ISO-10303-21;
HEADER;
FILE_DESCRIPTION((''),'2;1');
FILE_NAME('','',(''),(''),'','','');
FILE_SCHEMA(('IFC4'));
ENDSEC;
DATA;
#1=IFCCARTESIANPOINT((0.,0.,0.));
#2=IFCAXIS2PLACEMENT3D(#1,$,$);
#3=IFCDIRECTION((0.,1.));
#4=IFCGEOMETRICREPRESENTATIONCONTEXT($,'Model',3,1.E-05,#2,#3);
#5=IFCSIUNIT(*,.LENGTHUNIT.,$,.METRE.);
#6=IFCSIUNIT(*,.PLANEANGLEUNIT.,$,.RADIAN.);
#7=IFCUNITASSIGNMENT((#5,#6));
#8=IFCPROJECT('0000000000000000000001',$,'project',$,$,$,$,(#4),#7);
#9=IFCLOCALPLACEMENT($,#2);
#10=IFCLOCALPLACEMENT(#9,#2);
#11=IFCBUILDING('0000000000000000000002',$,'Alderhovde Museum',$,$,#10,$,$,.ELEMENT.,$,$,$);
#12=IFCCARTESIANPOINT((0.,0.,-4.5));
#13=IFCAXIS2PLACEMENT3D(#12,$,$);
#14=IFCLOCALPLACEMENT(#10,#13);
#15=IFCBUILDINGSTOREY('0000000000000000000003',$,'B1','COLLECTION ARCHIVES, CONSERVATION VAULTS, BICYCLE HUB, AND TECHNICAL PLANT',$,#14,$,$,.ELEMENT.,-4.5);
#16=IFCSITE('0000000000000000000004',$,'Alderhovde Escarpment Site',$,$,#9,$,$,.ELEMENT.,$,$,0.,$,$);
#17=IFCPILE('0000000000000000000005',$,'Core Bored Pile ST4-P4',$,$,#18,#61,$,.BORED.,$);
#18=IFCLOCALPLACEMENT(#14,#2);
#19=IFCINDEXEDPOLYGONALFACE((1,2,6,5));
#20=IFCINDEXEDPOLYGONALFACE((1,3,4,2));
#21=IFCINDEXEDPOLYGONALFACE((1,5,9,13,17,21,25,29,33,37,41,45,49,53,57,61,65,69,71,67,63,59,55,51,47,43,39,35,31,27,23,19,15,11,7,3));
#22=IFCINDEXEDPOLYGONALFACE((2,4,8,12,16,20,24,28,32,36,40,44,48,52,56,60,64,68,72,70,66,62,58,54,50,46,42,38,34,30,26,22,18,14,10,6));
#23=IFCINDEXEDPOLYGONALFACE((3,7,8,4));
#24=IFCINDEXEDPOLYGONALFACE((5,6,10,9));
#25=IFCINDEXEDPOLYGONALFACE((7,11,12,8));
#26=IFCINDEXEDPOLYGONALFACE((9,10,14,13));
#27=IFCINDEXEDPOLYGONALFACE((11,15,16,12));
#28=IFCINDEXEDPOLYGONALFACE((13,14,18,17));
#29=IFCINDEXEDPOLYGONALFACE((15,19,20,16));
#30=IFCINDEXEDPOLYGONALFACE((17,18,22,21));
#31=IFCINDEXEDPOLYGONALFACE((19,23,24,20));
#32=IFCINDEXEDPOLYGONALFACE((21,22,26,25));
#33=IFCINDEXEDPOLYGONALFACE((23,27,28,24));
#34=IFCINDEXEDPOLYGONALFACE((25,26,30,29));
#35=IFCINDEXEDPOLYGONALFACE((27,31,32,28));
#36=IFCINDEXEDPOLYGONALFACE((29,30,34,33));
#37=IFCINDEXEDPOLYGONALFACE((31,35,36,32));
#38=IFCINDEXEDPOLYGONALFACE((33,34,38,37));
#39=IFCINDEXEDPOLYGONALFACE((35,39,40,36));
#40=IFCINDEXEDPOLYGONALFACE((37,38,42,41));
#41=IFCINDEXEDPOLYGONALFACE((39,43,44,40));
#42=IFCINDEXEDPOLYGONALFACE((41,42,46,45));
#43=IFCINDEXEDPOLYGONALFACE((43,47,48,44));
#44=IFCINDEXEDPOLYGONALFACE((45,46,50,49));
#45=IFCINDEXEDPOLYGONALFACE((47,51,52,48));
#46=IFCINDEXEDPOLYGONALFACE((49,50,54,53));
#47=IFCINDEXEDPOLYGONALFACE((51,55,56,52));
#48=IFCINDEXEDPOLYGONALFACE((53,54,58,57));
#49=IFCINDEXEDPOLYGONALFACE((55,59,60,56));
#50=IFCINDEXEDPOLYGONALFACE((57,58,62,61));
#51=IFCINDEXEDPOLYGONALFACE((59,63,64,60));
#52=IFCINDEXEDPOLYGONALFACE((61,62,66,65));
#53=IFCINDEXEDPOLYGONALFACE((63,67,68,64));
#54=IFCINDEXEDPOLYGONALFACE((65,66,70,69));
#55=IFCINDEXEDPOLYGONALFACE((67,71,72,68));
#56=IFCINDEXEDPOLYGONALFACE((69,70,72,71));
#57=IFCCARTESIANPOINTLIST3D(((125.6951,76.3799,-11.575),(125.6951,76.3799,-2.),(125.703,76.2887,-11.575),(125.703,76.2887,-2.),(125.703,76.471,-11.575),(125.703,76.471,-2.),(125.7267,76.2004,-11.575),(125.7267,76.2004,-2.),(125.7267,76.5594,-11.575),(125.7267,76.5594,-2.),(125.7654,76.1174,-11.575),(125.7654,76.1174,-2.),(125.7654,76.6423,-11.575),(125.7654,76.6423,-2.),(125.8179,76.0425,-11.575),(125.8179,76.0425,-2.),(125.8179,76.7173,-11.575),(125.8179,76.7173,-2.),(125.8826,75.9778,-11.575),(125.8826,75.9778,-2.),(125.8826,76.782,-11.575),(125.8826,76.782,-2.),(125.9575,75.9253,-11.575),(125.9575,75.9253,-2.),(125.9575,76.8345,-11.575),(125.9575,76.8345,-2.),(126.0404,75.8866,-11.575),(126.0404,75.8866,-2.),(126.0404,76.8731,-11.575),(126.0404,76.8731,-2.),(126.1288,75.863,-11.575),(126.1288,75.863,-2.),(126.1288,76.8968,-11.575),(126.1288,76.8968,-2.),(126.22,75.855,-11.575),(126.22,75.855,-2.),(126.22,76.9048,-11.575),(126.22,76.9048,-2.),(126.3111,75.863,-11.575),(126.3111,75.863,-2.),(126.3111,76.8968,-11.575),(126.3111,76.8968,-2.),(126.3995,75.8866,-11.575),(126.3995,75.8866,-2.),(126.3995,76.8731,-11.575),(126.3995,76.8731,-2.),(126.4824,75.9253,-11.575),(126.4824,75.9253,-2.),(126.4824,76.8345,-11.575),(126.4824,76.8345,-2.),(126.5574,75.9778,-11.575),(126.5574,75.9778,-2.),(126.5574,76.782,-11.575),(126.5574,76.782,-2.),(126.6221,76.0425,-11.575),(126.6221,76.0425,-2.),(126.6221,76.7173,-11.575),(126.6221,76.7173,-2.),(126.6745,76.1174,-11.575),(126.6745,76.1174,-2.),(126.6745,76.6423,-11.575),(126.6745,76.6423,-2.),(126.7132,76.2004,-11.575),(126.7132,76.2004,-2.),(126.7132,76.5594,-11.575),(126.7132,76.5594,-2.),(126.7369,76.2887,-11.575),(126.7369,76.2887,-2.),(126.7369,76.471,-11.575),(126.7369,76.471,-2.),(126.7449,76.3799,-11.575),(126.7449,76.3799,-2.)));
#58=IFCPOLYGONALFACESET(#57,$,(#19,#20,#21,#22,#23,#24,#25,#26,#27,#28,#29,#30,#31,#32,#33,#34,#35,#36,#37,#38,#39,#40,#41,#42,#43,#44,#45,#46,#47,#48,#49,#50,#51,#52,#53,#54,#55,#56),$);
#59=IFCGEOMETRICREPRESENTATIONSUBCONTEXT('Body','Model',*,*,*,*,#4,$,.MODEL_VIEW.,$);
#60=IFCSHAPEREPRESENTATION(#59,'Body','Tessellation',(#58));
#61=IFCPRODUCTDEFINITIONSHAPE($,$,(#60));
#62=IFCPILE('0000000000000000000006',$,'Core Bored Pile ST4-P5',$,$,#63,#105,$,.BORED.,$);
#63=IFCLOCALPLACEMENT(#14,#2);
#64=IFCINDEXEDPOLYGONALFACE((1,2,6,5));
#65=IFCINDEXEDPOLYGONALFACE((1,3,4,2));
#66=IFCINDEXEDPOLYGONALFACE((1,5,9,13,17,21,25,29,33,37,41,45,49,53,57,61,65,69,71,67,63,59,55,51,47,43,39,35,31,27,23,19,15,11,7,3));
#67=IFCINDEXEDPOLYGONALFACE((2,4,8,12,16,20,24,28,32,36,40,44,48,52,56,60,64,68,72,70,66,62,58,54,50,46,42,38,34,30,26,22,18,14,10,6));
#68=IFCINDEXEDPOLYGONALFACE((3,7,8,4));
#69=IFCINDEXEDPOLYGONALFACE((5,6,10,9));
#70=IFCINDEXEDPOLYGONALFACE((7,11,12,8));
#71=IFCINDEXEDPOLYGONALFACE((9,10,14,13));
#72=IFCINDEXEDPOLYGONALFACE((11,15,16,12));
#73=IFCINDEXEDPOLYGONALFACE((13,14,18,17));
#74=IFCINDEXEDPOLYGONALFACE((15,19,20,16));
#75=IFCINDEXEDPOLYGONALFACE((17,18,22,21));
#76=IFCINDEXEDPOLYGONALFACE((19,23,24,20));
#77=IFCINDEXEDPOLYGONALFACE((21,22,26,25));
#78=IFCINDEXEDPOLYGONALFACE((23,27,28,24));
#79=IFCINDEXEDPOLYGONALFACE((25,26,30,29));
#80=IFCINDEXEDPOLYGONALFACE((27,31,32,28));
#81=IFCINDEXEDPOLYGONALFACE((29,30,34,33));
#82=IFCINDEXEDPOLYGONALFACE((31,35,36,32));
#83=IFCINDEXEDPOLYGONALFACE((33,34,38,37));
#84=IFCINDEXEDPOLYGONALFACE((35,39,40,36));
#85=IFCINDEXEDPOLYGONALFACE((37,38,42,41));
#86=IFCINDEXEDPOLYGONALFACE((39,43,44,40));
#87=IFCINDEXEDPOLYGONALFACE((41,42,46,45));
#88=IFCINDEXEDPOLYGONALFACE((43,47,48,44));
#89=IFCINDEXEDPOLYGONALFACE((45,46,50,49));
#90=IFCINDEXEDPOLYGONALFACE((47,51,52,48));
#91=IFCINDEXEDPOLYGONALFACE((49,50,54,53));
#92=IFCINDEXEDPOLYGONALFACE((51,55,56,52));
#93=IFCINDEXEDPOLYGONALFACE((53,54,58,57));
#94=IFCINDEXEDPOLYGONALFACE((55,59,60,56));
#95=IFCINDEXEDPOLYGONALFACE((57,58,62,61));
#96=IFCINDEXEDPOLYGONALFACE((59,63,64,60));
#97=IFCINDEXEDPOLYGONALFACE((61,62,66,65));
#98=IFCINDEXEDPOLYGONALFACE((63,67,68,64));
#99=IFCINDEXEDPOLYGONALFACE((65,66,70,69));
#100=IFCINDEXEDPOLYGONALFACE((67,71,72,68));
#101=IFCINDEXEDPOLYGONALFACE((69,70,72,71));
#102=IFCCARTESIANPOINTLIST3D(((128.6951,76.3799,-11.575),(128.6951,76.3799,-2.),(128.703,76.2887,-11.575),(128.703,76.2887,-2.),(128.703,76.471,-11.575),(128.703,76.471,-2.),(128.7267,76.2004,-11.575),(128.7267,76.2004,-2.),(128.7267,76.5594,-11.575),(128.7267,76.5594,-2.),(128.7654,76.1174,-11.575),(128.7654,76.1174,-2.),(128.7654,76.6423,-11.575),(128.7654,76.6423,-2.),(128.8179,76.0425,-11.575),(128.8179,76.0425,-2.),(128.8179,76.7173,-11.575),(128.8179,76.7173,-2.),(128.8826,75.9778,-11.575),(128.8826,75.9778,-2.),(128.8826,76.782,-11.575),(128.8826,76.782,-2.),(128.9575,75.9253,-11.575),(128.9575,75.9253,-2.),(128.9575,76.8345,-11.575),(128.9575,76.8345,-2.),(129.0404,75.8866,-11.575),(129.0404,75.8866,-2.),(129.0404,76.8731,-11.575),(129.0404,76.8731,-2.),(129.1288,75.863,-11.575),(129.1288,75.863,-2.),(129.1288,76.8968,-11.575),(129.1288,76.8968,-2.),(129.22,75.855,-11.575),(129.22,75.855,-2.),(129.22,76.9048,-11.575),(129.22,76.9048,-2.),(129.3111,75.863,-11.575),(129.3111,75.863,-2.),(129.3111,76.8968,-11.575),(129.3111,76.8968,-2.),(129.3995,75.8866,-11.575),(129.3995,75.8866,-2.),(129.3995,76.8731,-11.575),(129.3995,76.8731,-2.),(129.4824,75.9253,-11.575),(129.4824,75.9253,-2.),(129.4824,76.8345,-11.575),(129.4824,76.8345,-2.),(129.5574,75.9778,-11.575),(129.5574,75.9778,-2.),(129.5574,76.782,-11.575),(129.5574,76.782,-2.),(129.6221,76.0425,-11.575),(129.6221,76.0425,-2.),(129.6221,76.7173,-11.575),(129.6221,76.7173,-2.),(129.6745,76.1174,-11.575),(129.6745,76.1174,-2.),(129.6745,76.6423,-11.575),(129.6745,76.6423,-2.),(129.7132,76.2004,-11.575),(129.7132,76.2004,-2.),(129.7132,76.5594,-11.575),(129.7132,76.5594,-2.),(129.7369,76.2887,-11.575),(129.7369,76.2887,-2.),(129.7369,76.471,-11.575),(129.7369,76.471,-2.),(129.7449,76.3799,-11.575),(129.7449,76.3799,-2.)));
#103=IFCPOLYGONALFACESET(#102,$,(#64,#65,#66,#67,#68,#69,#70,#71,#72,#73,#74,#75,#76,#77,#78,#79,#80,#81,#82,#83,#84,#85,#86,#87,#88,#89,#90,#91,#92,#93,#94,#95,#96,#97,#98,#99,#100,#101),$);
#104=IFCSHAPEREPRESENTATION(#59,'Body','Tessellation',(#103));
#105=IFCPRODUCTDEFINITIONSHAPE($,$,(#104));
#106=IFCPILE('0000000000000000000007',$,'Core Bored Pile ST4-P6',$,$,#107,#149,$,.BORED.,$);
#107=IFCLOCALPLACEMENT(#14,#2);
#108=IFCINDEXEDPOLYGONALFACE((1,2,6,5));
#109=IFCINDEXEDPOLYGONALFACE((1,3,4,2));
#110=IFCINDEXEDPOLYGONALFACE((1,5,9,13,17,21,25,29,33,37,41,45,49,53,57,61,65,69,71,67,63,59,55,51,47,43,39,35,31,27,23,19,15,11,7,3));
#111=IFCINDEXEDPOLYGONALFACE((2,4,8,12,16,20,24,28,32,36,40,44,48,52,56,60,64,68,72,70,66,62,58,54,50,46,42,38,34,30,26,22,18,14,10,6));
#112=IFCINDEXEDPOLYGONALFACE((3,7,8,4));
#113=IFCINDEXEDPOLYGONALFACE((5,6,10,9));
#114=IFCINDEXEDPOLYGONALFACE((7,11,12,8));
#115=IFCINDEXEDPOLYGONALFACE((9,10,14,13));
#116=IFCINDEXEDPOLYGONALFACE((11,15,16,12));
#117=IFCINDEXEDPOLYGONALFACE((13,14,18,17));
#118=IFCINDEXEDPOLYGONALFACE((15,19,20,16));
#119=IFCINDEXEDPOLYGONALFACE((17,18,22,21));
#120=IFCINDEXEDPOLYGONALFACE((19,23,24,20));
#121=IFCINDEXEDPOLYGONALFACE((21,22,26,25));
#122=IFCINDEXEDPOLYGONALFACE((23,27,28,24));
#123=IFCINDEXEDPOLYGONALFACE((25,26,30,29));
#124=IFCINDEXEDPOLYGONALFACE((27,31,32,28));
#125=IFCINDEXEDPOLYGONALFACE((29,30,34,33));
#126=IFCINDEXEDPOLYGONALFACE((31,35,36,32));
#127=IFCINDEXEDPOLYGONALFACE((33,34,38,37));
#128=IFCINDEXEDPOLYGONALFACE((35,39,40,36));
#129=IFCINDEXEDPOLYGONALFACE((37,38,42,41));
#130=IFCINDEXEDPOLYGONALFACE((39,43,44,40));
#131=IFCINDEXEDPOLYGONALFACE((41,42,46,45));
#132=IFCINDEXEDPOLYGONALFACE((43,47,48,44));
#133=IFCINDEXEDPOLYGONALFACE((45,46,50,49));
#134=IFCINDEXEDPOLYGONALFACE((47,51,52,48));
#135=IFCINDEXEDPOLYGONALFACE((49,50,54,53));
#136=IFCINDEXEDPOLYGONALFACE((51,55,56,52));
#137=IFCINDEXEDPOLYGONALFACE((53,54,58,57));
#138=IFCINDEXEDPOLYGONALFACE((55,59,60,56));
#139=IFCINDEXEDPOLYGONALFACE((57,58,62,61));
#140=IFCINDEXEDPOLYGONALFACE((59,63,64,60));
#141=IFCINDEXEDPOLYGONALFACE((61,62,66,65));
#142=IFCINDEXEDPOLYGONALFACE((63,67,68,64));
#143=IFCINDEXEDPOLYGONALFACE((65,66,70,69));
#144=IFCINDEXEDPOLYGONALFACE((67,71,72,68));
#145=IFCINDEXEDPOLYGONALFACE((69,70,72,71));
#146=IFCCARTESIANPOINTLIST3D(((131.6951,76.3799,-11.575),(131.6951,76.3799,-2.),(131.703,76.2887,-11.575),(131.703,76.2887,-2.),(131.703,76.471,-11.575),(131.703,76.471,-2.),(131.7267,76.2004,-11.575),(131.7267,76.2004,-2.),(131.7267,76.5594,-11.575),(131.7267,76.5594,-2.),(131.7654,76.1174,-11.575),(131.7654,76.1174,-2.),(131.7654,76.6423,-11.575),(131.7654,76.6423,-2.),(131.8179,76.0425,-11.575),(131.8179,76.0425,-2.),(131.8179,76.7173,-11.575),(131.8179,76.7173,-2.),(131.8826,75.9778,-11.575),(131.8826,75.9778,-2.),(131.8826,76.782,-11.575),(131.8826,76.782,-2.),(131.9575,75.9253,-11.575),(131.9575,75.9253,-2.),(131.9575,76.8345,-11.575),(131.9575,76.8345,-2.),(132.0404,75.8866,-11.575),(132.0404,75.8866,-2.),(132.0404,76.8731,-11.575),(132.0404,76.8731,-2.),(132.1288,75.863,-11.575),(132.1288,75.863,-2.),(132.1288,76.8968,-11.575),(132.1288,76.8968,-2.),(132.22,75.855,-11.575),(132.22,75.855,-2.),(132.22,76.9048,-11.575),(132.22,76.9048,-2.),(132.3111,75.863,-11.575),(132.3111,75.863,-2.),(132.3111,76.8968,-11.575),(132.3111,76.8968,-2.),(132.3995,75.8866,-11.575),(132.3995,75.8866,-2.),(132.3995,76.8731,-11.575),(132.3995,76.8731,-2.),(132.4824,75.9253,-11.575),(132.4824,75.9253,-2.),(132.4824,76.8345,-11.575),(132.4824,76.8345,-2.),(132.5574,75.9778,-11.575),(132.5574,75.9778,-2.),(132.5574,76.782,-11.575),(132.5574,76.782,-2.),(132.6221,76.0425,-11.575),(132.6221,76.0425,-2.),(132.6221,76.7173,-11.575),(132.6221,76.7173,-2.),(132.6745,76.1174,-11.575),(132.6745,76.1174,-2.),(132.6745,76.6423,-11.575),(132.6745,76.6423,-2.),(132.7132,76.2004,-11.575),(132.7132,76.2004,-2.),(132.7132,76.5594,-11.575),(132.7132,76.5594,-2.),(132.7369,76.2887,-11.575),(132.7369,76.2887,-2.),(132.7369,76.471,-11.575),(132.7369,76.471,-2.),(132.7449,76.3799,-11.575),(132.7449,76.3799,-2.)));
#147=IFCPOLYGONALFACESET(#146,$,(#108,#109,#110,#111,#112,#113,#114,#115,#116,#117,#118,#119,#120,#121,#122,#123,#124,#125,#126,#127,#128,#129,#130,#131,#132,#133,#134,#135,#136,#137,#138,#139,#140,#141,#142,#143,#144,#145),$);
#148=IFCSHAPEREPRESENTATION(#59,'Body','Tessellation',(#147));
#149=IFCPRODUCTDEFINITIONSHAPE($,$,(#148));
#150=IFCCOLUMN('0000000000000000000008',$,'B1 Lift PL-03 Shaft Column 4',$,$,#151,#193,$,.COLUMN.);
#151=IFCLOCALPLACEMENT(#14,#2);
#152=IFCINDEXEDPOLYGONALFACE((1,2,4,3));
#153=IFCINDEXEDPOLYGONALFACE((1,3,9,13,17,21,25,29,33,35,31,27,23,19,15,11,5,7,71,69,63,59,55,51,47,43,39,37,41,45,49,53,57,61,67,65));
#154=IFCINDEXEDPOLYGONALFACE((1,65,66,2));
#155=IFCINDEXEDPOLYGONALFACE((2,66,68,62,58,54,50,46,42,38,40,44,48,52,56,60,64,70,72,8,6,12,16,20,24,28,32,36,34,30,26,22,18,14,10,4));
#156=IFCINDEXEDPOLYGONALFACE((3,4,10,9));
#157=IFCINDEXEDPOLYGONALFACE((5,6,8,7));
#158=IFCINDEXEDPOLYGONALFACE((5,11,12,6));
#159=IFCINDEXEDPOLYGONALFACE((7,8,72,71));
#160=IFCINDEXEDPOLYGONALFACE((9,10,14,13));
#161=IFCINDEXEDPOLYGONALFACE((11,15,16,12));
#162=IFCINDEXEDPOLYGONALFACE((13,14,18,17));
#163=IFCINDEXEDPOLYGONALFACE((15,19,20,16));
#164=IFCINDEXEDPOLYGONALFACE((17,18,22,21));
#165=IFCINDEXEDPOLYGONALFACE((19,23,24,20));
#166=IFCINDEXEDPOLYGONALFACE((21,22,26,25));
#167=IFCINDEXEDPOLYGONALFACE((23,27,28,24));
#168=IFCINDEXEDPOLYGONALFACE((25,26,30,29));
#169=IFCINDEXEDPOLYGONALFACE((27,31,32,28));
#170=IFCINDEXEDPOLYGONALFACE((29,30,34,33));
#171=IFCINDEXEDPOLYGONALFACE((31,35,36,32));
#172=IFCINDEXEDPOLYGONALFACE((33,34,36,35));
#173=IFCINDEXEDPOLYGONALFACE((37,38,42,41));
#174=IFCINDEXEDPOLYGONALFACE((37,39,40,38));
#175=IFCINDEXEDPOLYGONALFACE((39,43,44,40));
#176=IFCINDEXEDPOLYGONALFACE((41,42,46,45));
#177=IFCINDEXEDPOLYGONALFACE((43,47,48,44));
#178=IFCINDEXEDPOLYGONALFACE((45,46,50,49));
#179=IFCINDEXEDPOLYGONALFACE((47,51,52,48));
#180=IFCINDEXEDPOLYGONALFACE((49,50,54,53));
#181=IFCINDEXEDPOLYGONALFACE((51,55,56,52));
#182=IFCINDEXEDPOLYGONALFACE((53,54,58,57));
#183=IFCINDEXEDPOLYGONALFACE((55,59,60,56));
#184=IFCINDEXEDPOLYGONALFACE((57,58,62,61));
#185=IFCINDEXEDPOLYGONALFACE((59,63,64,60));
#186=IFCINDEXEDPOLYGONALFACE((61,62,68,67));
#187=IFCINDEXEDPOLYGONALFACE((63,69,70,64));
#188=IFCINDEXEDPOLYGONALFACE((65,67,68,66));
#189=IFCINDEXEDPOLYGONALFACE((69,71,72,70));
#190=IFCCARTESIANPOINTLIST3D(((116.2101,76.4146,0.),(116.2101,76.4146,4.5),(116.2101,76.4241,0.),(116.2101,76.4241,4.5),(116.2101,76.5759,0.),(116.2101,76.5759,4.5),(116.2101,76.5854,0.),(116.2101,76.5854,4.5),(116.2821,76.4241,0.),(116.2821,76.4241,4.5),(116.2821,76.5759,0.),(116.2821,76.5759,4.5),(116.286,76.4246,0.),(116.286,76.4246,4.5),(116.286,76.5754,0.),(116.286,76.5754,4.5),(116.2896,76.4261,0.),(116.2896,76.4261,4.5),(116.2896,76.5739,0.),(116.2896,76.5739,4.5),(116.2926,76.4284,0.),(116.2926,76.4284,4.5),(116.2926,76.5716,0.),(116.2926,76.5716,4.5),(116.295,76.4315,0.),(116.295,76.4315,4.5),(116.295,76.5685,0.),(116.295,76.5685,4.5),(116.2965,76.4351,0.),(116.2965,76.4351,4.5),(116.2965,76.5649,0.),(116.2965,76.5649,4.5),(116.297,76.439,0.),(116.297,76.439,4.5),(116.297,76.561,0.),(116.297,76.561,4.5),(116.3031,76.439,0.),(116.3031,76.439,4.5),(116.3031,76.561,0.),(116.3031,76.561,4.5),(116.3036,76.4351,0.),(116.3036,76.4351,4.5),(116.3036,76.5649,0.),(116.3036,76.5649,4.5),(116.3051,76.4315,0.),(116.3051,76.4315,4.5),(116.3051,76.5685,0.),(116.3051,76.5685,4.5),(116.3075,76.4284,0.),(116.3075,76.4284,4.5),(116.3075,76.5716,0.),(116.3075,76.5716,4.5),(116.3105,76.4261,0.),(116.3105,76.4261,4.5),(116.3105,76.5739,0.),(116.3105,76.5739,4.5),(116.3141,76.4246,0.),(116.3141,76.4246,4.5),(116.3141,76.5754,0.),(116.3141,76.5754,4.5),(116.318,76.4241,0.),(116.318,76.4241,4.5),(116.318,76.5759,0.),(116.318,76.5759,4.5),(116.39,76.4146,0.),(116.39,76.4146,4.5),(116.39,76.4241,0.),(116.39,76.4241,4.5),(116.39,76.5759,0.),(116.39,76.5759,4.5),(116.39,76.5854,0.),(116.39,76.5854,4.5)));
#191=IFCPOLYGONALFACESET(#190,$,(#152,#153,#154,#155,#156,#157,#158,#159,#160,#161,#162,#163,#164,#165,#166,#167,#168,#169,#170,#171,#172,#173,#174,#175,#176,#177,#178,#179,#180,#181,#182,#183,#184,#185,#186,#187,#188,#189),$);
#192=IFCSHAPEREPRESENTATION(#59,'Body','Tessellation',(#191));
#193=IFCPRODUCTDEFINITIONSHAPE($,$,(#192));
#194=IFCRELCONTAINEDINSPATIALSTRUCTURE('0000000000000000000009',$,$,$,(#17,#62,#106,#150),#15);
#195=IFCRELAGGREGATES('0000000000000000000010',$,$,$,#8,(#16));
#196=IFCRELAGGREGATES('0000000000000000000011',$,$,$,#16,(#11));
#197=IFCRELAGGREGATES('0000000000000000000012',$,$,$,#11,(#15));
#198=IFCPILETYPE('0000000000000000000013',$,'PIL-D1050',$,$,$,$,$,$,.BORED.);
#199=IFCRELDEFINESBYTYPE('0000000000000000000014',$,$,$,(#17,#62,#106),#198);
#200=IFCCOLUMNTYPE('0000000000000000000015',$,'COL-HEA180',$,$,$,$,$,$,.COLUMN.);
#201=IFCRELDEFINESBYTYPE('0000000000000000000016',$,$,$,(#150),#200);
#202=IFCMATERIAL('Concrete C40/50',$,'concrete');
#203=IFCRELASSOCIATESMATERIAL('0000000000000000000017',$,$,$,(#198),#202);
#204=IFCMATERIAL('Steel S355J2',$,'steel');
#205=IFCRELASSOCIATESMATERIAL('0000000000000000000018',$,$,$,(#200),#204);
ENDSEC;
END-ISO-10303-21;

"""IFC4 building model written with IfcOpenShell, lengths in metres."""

from ifc_helpers import new_model, si_unit, direction, frame, origin, origin_2d, place, context, subcontext, project, spatial, circle, i_section, extrude, material, material_profile, profile_set, type_object, element, save


model = new_model("IFC4")

# Units and contexts
model_context = context("Model", 3, precision=1e-05, world=origin(), true_north=direction((0.0, 1.0)))
body_context = subcontext(model_context, "Body", "Model", "MODEL_VIEW")
ifc_project = project(units=[si_unit("LENGTHUNIT", "METRE"), si_unit("PLANEANGLEUNIT", "RADIAN")], contexts=[model_context])

# Site, building, storey
site_placement = place(None, origin())
site = spatial("IfcSite", under=ifc_project, at=site_placement, Name="Alderhovde Escarpment Site", CompositionType="ELEMENT", RefElevation=0.0)
building_placement = place(site_placement, origin())
building = spatial("IfcBuilding", under=site, at=building_placement, Name="Alderhovde Museum", CompositionType="ELEMENT")
storey_placement = place(building_placement, frame((0.0, 0.0, -4.5)))
storey = spatial("IfcBuildingStorey", under=building, at=storey_placement, Name="B1", Description="COLLECTION ARCHIVES, CONSERVATION VAULTS, BICYCLE HUB, AND TECHNICAL PLANT", CompositionType="ELEMENT", Elevation=-4.5)

# Piles
ifc_material_1 = material(Name="Concrete C40/50", Category="concrete")
ifc_material_profile_1 = material_profile(ifc_material_1, circle(Radius=0.5249, at=origin_2d()), Name="PILE-D1050")
ifc_profile_set_1 = profile_set([ifc_material_profile_1], Name="Concrete C40/50")
pile_type = type_object("IfcPileType", Name="PIL-D1050", PredefinedType="BORED", material=ifc_profile_set_1)
for number, where, z_axis, x_axis, name in (
    (1, (126.22, 76.3799, -2.0), (0.0, 0.0, -1.0), (1.0, 0.0, 0.0), "Core Bored Pile ST4-P4"),
    (2, (129.22, 76.3799, -2.0), (0.0, 0.0, -1.0), (1.0, 0.0, 0.0), "Core Bored Pile ST4-P5"),
    (3, (132.22, 76.3799, -2.0), (0.0, 0.0, -1.0), (1.0, 0.0, 0.0), "Core Bored Pile ST4-P6"),
):
    element("IfcPile", number, at=place(storey_placement, frame(where, z_axis=z_axis, x_axis=x_axis)), inside=storey, type_object=pile_type, Name=name, PredefinedType="BORED", context=body_context, shape_type="SweptSolid", body=[
        extrude(circle(Radius=0.5249, at=origin_2d()), origin(), (0.0, 0.0, 1.0), 9.575),
    ])

# Column
ifc_material_2 = material(Name="Steel S355J2", Category="steel")
ifc_material_profile_2 = material_profile(ifc_material_2, i_section(OverallWidth=0.1799, OverallDepth=0.1709, WebThickness=0.0061, FlangeThickness=0.0095, FilletRadius=0.0149, at=origin_2d()), Name="HEA 180")
ifc_profile_set_2 = profile_set([ifc_material_profile_2], Name="Steel S355J2")
column_type_1 = type_object("IfcColumnType", Name="COL-HEA180", PredefinedType="COLUMN", material=ifc_profile_set_2)
column_1_placement = place(storey_placement, frame((116.3, 76.5, 0.0), z_axis=(0.0, 0.0, 1.0), x_axis=(1.0, 0.0, 0.0)))
element("IfcColumn", 4, at=column_1_placement, inside=storey, type_object=column_type_1, Name="B1 Lift PL-03 Shaft Column 4", PredefinedType="COLUMN", context=body_context, shape_type="SweptSolid", body=[
    extrude(i_section(OverallWidth=0.1799, OverallDepth=0.1709, WebThickness=0.0061, FlangeThickness=0.0095, FilletRadius=0.0149, at=origin_2d()), origin(), (0.0, 0.0, 1.0), 4.5),
])

save(model, "model.ifc")
